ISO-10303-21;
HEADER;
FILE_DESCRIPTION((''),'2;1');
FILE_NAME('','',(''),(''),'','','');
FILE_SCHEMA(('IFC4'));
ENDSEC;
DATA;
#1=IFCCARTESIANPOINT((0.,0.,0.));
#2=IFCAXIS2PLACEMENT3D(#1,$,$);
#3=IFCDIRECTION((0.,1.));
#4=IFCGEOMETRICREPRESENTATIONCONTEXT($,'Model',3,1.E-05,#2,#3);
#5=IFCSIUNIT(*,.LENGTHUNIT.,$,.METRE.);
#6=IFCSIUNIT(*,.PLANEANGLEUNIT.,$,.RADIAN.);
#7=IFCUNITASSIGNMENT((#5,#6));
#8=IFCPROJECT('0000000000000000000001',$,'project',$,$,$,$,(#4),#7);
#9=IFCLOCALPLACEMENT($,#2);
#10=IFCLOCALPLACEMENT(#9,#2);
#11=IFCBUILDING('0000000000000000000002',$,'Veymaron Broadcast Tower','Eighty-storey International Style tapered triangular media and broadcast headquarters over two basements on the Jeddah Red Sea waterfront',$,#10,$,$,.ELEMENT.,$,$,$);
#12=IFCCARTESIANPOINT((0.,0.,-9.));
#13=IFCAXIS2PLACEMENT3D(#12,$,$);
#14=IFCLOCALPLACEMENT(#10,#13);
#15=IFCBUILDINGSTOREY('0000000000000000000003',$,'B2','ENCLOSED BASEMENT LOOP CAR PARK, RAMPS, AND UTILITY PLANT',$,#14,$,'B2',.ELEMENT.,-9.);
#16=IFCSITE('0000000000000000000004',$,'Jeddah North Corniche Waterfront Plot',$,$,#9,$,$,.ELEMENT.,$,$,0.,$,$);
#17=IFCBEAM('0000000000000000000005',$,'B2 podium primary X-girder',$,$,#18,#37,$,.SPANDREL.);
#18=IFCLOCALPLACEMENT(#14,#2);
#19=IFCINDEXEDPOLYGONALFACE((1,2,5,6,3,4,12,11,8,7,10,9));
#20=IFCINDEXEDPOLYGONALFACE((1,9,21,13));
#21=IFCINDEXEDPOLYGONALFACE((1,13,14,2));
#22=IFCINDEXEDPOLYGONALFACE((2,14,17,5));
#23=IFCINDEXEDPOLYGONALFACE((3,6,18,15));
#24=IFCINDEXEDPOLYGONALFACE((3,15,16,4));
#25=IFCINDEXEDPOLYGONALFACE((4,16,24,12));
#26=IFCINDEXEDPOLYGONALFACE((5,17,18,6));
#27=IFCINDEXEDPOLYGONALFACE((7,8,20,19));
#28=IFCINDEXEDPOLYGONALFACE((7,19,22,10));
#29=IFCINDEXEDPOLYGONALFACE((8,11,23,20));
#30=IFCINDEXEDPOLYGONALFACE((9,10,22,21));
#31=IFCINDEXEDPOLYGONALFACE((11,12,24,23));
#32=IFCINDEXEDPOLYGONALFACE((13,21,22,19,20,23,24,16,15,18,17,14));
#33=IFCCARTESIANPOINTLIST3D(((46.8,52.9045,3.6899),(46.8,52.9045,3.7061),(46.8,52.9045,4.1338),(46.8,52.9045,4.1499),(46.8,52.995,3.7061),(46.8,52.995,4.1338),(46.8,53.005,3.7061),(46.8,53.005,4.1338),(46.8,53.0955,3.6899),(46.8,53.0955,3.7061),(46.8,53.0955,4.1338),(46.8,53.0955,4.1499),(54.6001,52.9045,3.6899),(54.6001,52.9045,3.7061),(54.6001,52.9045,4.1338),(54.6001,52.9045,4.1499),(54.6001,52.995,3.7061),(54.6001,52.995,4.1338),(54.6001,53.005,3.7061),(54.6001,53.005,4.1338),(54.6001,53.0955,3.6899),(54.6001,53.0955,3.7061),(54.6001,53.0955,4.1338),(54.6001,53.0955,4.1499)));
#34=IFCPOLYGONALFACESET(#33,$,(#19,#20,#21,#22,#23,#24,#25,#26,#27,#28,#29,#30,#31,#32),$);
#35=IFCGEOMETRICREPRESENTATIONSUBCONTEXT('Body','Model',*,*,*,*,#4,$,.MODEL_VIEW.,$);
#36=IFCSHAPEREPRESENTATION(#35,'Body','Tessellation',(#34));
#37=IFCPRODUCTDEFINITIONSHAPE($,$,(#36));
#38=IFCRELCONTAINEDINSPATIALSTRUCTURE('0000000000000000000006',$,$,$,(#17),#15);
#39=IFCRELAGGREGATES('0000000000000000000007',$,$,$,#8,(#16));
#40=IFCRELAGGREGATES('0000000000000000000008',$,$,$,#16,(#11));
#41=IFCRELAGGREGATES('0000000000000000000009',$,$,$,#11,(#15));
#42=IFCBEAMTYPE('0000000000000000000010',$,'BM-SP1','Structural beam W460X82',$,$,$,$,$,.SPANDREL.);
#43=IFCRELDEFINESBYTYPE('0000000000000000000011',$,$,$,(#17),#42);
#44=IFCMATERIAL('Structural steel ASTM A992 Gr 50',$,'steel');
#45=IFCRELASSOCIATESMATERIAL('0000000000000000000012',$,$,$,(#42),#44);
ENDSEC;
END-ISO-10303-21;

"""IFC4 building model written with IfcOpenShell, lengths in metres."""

from ifc_helpers import new_model, si_unit, direction, frame, origin, origin_2d, place, context, subcontext, project, spatial, i_section, extrude, material, material_profile, profile_set, type_object, element, save


model = new_model("IFC4")

# Units and contexts
model_context = context("Model", 3, precision=1e-05, world=origin(), true_north=direction((0.0, 1.0)))
body_context = subcontext(model_context, "Body", "Model", "MODEL_VIEW")
ifc_project = project(units=[si_unit("LENGTHUNIT", "METRE"), si_unit("PLANEANGLEUNIT", "RADIAN")], contexts=[model_context])

# Site, building, storey
site_placement = place(None, origin())
site = spatial("IfcSite", under=ifc_project, at=site_placement, Name="Jeddah North Corniche Waterfront Plot", CompositionType="ELEMENT", RefElevation=0.0)
building_placement = place(site_placement, origin())
building = spatial("IfcBuilding", under=site, at=building_placement, Name="Veymaron Broadcast Tower", Description="Eighty-storey International Style tapered triangular media and broadcast headquarters over two basements on the Jeddah Red Sea waterfront", CompositionType="ELEMENT")
storey_placement = place(building_placement, frame((0.0, 0.0, -9.0)))
storey = spatial("IfcBuildingStorey", under=building, at=storey_placement, Name="B2", Description="ENCLOSED BASEMENT LOOP CAR PARK, RAMPS, AND UTILITY PLANT", LongName="B2", CompositionType="ELEMENT", Elevation=-9.0)

# Beam
ifc_material_1 = material(Name="Structural steel ASTM A992 Gr 50", Category="steel")
ifc_material_profile_1 = material_profile(ifc_material_1, i_section(OverallWidth=0.1909, OverallDepth=0.46, WebThickness=0.01, FlangeThickness=0.0161, at=origin_2d()), Name="W460X82")
ifc_profile_set_1 = profile_set([ifc_material_profile_1], Name="Structural steel ASTM A992 Gr 50")
beam_type_1 = type_object("IfcBeamType", Name="BM-SP1", Description="Structural beam W460X82", PredefinedType="SPANDREL", material=ifc_profile_set_1)
for number, where, z_axis, x_axis, name in (
    (1, (46.8, 53.0, 3.9199), (1.0, 0.0, 0.0), (0.0, 1.0, 0.0), "B2 podium primary X-girder"),
):
    element("IfcBeam", number, at=place(storey_placement, frame(where, z_axis=z_axis, x_axis=x_axis)), inside=storey, type_object=beam_type_1, Name=name, PredefinedType="SPANDREL", context=body_context, shape_type="SweptSolid", body=[
        extrude(i_section(OverallWidth=0.1909, OverallDepth=0.46, WebThickness=0.01, FlangeThickness=0.0161, at=origin_2d()), origin(), (0.0, 0.0, 1.0), 7.8),
    ])

save(model, "model.ifc")
